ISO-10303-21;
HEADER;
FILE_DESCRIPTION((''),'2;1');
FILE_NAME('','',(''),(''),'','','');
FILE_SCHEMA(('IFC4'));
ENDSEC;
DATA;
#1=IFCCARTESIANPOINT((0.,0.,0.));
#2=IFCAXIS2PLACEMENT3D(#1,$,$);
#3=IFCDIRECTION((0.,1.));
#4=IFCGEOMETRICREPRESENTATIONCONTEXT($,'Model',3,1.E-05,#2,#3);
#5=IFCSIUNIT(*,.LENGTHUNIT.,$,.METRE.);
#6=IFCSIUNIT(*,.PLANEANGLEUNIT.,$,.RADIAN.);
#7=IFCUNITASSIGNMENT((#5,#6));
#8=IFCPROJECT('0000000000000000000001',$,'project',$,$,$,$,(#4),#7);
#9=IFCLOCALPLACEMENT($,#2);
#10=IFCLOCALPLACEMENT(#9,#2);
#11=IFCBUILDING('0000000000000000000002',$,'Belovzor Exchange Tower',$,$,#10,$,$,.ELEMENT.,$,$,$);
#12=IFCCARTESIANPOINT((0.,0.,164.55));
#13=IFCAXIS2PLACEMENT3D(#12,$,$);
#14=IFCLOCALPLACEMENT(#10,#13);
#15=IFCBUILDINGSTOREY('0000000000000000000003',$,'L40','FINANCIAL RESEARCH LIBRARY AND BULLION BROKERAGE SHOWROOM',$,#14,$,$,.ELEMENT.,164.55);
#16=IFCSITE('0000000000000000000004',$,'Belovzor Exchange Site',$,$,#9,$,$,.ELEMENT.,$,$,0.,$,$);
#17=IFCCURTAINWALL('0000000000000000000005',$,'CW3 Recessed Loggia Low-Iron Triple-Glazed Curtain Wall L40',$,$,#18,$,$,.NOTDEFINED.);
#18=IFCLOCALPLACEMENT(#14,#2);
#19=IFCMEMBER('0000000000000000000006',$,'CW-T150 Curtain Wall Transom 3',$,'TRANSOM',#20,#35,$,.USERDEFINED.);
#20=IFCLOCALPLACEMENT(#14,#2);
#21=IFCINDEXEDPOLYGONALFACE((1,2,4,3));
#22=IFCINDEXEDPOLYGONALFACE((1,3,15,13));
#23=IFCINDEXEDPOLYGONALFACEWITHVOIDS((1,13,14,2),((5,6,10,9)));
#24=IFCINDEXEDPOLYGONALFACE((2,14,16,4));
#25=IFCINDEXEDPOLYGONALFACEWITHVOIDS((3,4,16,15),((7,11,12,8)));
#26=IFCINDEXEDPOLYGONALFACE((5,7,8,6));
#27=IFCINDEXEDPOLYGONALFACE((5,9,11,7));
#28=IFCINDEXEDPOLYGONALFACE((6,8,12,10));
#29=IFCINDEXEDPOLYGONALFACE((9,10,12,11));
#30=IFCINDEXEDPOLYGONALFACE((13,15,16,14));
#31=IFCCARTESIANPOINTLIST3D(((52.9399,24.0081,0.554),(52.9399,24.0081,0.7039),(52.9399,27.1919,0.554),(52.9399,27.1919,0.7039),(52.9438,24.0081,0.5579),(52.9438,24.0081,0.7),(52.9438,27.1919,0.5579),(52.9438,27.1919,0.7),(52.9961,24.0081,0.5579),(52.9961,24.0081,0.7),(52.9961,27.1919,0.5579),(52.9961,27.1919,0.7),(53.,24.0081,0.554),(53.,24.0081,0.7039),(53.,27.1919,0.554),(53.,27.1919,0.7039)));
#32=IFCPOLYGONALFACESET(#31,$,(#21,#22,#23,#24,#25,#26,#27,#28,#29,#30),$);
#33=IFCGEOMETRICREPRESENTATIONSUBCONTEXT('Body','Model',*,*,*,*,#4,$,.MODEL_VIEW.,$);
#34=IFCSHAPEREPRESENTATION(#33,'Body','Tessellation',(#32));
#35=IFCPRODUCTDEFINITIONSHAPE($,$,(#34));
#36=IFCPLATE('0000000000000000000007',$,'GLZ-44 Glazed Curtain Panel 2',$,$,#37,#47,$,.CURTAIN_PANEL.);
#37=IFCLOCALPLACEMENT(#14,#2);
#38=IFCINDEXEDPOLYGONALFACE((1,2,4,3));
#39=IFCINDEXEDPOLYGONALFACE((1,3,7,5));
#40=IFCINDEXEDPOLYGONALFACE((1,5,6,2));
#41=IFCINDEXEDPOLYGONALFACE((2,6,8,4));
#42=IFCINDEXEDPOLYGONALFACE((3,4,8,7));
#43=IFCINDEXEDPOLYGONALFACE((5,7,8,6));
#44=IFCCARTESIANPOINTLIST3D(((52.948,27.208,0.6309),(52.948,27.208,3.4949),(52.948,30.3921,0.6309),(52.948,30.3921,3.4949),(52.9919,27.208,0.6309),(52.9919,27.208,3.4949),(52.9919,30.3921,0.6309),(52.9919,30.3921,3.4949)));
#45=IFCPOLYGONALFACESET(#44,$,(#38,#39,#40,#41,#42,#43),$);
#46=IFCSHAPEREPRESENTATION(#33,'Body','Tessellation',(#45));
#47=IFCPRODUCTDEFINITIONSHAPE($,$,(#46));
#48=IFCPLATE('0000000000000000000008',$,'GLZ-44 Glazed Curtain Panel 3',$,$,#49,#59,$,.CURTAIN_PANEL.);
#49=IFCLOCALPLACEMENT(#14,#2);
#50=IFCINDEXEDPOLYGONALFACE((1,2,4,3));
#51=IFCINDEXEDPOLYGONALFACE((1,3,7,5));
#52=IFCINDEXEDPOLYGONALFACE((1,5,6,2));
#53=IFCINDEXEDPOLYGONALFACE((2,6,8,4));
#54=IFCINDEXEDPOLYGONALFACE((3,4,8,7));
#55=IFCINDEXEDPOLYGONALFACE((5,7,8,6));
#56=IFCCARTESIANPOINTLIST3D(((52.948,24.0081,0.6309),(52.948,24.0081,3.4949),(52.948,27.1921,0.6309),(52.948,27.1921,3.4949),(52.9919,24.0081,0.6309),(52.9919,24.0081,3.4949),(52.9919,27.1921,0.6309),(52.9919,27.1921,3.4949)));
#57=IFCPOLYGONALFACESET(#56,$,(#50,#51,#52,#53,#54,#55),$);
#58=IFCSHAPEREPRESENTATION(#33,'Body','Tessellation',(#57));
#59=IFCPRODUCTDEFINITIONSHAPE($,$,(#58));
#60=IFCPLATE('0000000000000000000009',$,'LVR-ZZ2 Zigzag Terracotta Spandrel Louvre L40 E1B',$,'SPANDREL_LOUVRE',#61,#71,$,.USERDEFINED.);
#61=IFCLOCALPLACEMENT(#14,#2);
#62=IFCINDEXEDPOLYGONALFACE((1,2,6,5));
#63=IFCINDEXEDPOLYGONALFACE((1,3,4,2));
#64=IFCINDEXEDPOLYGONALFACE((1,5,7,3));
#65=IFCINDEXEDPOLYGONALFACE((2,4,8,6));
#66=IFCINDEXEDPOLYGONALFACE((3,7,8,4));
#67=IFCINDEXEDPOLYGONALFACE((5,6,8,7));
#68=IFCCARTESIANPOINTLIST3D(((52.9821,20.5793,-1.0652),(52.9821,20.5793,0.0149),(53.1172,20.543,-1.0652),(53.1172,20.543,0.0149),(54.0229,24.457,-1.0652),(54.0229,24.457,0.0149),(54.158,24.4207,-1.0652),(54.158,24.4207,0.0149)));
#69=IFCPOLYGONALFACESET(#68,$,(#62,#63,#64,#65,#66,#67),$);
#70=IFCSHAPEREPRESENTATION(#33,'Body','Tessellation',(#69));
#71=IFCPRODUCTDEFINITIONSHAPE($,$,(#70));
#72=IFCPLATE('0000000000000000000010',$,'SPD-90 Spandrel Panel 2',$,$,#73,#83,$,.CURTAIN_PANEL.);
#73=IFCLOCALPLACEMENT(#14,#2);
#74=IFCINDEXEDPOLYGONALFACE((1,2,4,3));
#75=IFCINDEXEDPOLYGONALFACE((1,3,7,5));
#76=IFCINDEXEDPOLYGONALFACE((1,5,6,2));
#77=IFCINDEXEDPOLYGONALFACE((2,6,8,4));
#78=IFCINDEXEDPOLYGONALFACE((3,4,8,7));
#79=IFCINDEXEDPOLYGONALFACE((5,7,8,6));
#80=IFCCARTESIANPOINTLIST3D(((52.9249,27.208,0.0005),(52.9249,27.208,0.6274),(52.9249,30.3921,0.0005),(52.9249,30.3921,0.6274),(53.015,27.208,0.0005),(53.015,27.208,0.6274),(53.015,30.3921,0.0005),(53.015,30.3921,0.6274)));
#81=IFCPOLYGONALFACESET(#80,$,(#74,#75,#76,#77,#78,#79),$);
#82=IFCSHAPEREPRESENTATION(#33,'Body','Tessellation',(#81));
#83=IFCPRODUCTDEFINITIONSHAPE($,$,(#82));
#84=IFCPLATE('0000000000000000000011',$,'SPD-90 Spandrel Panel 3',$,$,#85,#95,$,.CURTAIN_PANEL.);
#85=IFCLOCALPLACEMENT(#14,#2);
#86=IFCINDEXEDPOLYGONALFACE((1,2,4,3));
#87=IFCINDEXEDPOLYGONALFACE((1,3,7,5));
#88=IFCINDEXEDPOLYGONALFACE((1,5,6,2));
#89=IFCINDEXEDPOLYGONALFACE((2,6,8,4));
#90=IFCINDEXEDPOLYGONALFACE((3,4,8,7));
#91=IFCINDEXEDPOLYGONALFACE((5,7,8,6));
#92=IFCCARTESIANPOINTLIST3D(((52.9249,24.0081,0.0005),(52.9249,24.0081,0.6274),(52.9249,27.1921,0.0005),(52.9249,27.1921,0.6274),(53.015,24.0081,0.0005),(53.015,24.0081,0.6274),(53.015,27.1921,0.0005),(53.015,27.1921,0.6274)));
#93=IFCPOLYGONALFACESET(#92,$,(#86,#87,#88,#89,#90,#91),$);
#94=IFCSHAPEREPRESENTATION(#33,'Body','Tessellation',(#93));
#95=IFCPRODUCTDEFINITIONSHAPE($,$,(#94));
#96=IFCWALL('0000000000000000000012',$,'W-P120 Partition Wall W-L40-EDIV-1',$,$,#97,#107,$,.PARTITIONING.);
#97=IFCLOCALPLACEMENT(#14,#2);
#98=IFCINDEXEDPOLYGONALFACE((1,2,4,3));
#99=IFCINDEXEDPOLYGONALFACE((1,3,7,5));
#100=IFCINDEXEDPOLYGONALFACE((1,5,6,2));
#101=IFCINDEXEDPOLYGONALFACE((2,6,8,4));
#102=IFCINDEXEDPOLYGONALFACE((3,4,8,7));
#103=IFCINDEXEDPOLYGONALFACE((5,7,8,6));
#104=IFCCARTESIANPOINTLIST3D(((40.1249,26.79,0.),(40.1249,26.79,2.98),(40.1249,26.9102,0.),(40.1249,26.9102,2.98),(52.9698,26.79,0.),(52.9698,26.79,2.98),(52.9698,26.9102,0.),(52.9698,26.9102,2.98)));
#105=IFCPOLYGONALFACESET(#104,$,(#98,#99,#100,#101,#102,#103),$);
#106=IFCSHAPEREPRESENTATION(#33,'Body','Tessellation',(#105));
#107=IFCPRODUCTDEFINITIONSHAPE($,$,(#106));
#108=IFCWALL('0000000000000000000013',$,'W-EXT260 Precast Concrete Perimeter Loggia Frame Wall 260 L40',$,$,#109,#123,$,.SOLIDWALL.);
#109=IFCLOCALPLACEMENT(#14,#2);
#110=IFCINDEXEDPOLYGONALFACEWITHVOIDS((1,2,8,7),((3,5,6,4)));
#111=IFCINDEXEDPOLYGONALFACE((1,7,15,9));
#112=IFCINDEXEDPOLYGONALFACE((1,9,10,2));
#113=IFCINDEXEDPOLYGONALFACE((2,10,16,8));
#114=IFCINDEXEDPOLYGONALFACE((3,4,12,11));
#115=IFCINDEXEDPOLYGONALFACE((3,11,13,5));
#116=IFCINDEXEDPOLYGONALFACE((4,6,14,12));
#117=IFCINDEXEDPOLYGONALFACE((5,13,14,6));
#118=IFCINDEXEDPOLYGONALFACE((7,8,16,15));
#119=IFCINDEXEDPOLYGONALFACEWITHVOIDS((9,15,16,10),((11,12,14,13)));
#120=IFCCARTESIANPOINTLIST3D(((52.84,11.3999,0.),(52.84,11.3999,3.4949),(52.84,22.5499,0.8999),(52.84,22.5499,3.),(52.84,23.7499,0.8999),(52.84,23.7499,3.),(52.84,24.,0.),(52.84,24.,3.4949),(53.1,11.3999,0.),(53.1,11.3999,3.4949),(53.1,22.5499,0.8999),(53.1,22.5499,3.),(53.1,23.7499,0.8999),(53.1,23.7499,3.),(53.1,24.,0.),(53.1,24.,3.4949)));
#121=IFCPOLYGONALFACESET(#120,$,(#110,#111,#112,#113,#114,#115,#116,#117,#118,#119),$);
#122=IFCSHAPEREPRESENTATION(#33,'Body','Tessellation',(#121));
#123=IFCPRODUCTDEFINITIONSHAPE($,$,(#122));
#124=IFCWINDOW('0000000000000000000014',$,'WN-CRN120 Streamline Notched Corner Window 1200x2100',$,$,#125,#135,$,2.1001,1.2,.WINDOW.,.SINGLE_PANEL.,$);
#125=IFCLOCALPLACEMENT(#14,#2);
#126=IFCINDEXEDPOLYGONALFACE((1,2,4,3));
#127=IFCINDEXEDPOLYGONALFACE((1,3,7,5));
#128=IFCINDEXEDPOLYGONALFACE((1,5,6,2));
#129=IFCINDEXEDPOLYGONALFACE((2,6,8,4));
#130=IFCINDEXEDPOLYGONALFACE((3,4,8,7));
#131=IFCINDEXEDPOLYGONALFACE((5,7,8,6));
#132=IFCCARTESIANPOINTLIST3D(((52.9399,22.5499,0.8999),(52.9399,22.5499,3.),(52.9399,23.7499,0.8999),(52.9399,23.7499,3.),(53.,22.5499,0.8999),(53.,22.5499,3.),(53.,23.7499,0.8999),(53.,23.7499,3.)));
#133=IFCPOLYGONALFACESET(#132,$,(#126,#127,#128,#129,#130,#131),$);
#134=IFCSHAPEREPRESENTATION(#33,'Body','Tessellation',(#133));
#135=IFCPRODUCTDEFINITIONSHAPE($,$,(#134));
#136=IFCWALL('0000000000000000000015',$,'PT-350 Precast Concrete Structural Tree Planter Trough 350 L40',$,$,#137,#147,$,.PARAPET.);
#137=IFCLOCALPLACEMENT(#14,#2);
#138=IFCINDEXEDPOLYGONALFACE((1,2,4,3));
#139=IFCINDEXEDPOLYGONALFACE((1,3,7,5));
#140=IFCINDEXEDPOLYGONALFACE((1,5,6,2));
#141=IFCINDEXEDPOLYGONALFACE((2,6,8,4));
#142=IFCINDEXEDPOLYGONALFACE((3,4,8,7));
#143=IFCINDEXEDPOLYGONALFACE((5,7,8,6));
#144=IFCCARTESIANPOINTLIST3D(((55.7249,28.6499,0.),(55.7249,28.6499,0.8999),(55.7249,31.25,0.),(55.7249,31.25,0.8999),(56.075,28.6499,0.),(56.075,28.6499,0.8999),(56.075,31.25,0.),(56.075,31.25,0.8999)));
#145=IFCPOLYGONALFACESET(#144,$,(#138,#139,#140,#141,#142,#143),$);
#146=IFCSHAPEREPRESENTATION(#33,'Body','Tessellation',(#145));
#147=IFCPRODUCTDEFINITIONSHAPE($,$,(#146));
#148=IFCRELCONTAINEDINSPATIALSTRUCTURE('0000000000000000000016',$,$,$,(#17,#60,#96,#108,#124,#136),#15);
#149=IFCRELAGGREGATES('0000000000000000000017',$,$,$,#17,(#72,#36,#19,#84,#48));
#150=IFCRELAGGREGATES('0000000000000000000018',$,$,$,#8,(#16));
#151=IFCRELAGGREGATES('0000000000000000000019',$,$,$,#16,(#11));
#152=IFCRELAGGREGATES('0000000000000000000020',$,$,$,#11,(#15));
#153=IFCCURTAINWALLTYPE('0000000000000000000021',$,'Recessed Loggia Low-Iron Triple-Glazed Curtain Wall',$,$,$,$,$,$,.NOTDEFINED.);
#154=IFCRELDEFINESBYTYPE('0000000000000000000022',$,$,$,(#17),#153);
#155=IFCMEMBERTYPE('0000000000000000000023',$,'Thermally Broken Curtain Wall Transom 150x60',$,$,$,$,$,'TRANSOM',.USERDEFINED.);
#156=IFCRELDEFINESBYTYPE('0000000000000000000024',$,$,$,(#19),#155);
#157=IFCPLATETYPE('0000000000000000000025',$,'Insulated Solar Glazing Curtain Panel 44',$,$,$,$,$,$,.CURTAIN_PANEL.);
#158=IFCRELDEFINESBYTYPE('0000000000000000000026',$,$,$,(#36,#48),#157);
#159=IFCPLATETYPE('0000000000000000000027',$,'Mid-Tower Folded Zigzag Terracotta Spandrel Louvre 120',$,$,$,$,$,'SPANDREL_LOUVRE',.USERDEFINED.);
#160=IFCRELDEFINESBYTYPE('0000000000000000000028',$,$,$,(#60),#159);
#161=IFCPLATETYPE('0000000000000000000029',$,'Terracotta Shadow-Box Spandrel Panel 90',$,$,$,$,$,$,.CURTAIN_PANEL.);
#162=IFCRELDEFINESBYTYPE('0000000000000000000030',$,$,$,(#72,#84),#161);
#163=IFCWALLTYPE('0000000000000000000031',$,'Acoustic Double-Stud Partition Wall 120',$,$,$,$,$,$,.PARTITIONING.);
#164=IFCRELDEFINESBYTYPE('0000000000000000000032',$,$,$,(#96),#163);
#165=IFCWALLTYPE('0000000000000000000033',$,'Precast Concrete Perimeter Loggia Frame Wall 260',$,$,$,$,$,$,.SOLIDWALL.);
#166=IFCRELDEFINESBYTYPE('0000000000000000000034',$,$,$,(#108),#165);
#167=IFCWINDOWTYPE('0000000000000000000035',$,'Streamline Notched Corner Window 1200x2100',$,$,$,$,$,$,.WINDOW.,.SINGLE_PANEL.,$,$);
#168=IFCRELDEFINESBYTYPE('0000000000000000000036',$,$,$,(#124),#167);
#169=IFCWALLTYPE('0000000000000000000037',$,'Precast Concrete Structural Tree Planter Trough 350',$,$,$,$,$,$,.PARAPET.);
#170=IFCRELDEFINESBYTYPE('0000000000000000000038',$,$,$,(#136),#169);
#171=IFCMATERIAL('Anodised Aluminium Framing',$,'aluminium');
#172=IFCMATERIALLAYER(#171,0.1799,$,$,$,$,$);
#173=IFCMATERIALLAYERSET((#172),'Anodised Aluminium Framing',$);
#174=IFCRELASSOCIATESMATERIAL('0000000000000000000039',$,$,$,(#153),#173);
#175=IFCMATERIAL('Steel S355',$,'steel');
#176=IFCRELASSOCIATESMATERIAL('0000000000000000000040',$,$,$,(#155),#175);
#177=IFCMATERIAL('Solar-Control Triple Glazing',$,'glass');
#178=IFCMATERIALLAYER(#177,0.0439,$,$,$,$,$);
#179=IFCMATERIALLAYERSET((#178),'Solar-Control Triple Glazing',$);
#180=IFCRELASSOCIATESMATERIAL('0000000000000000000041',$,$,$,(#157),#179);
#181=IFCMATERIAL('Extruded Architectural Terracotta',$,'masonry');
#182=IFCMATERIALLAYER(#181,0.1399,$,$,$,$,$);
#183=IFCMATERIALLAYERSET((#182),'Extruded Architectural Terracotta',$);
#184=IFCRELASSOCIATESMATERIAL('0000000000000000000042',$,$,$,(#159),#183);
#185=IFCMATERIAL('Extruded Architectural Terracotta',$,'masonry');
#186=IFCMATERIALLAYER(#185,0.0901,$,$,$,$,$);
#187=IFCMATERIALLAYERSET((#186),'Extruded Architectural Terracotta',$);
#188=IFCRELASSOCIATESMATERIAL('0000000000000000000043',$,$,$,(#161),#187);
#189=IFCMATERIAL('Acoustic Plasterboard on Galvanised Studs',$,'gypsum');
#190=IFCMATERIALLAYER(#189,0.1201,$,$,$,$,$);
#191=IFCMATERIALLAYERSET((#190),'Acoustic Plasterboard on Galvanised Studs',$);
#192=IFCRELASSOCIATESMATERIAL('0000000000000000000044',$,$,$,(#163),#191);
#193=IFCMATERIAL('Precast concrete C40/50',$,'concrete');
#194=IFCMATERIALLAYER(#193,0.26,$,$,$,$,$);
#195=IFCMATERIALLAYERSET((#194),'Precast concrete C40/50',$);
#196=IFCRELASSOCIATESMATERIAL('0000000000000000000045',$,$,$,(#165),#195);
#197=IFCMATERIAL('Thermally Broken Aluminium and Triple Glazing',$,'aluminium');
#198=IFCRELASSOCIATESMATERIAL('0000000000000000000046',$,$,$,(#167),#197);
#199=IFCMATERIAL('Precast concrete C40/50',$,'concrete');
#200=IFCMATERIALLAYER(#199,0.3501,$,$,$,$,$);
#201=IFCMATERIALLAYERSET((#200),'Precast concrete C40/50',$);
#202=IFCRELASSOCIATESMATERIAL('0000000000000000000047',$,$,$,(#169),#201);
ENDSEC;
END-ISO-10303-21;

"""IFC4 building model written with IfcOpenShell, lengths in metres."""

from ifc_helpers import new_model, si_unit, direction, frame, frame_2d, origin, origin_2d, place, context, subcontext, project, spatial, rectangle, hollow_rectangle, extrude, material, layer, layer_set, material_profile, profile_set, type_object, element, fill, aggregate, save


model = new_model("IFC4")

# Units and contexts
model_context = context("Model", 3, precision=1e-05, world=origin(), true_north=direction((0.0, 1.0)))
body_context = subcontext(model_context, "Body", "Model", "MODEL_VIEW")
ifc_project = project(units=[si_unit("LENGTHUNIT", "METRE"), si_unit("PLANEANGLEUNIT", "RADIAN")], contexts=[model_context])

# Site, building, storey
site_placement = place(None, origin())
site = spatial("IfcSite", under=ifc_project, at=site_placement, Name="Belovzor Exchange Site", CompositionType="ELEMENT", RefElevation=0.0)
building_placement = place(site_placement, origin())
building = spatial("IfcBuilding", under=site, at=building_placement, Name="Belovzor Exchange Tower", CompositionType="ELEMENT")
storey_placement = place(building_placement, frame((0.0, 0.0, 164.55)))
storey = spatial("IfcBuildingStorey", under=building, at=storey_placement, Name="L40", Description="FINANCIAL RESEARCH LIBRARY AND BULLION BROKERAGE SHOWROOM", CompositionType="ELEMENT", Elevation=164.55)

# Curtain wall, member, plates
ifc_material_1 = material(Name="Anodised Aluminium Framing", Category="aluminium")
ifc_layer_1 = layer(ifc_material_1, 0.1799)
ifc_layer_set_1 = layer_set([ifc_layer_1], Name="Anodised Aluminium Framing")
curtain_wall_type = type_object("IfcCurtainWallType", Name="Recessed Loggia Low-Iron Triple-Glazed Curtain Wall", PredefinedType="NOTDEFINED", material=ifc_layer_set_1)
curtain_wall_placement = place(storey_placement, origin())
curtain_wall = element("IfcCurtainWall", 1, at=curtain_wall_placement, inside=storey, type_object=curtain_wall_type, Name="CW3 Recessed Loggia Low-Iron Triple-Glazed Curtain Wall L40", PredefinedType="NOTDEFINED")
ifc_material_2 = material(Name="Steel S355", Category="steel")
ifc_material_profile_1 = material_profile(ifc_material_2, hollow_rectangle(XDim=0.0601, YDim=0.1499, WallThickness=0.0039, at=origin_2d()))
ifc_profile_set_1 = profile_set([ifc_material_profile_1], Name="Steel S355")
member_type_1 = type_object("IfcMemberType", Name="Thermally Broken Curtain Wall Transom 150x60", ElementType="TRANSOM", PredefinedType="USERDEFINED", material=ifc_profile_set_1)
member_1_placement = place(storey_placement, frame((52.97, 27.1919, 0.6289), z_axis=(0.0, -1.0, 0.0), x_axis=(1.0, 0.0, 0.0)))
member_1 = element("IfcMember", 2, at=member_1_placement, type_object=member_type_1, Name="CW-T150 Curtain Wall Transom 3", ObjectType="TRANSOM", PredefinedType="USERDEFINED", context=body_context, shape_type="SweptSolid", body=[
    extrude(hollow_rectangle(XDim=0.0601, YDim=0.1499, WallThickness=0.0039, at=origin_2d()), origin(), (0.0, 0.0, 1.0), 3.1838),
])
ifc_material_3 = material(Name="Solar-Control Triple Glazing", Category="glass")
ifc_layer_2 = layer(ifc_material_3, 0.0439)
ifc_layer_set_2 = layer_set([ifc_layer_2], Name="Solar-Control Triple Glazing")
plate_type_1 = type_object("IfcPlateType", Name="Insulated Solar Glazing Curtain Panel 44", PredefinedType="CURTAIN_PANEL", material=ifc_layer_set_2)
plate_1_placement = place(storey_placement, frame((52.97, 28.8, 0.6309), z_axis=(0.0, 0.0, 1.0), x_axis=(0.0, -1.0, 0.0)))
plate_1 = element("IfcPlate", 3, at=plate_1_placement, type_object=plate_type_1, Name="GLZ-44 Glazed Curtain Panel 2", PredefinedType="CURTAIN_PANEL", context=body_context, shape_type="SweptSolid", body=[
    extrude(rectangle(XDim=3.1841, YDim=0.0439, at=origin_2d()), origin(), (0.0, 0.0, 1.0), 2.864),
])
plate_2_placement = place(storey_placement, frame((52.97, 25.6001, 0.6309), z_axis=(0.0, 0.0, 1.0), x_axis=(0.0, -1.0, 0.0)))
plate_2 = element("IfcPlate", 4, at=plate_2_placement, type_object=plate_type_1, Name="GLZ-44 Glazed Curtain Panel 3", PredefinedType="CURTAIN_PANEL", context=body_context, shape_type="SweptSolid", body=[
    extrude(rectangle(XDim=3.1841, YDim=0.0439, at=origin_2d()), origin(), (0.0, 0.0, 1.0), 2.864),
])

# Plates
ifc_material_4 = material(Name="Extruded Architectural Terracotta", Category="masonry")
ifc_layer_3 = layer(ifc_material_4, 0.1399)
ifc_layer_set_3 = layer_set([ifc_layer_3], Name="Extruded Architectural Terracotta")
plate_type_2 = type_object("IfcPlateType", Name="Mid-Tower Folded Zigzag Terracotta Spandrel Louvre 120", ElementType="SPANDREL_LOUVRE", PredefinedType="USERDEFINED", material=ifc_layer_set_3)
plate_3_placement = place(storey_placement, frame((53.5701, 22.5, -1.0652), z_axis=(0.0, 0.0, 1.0), x_axis=(0.25924, 0.965813, 0.0)))
element("IfcPlate", 5, at=plate_3_placement, inside=storey, type_object=plate_type_2, Name="LVR-ZZ2 Zigzag Terracotta Spandrel Louvre L40 E1B", ObjectType="SPANDREL_LOUVRE", PredefinedType="USERDEFINED", context=body_context, shape_type="SweptSolid", body=[
    extrude(rectangle(XDim=4.0149, YDim=0.1399, at=origin_2d()), origin(), (0.0, 0.0, 1.0), 1.0801),
])
ifc_material_5 = material(Name="Extruded Architectural Terracotta", Category="masonry")
ifc_layer_4 = layer(ifc_material_5, 0.0901)
ifc_layer_set_4 = layer_set([ifc_layer_4], Name="Extruded Architectural Terracotta")
plate_type_3 = type_object("IfcPlateType", Name="Terracotta Shadow-Box Spandrel Panel 90", PredefinedType="CURTAIN_PANEL", material=ifc_layer_set_4)
plate_4_placement = place(storey_placement, frame((52.97, 28.8, 0.0005), z_axis=(0.0, 0.0, 1.0), x_axis=(0.0, -1.0, 0.0)))
plate_4 = element("IfcPlate", 6, at=plate_4_placement, type_object=plate_type_3, Name="SPD-90 Spandrel Panel 2", PredefinedType="CURTAIN_PANEL", context=body_context, shape_type="SweptSolid", body=[
    extrude(rectangle(XDim=3.1841, YDim=0.0901, at=origin_2d()), origin(), (0.0, 0.0, 1.0), 0.627),
])
plate_5_placement = place(storey_placement, frame((52.97, 25.6001, 0.0005), z_axis=(0.0, 0.0, 1.0), x_axis=(0.0, -1.0, 0.0)))
plate_5 = element("IfcPlate", 7, at=plate_5_placement, type_object=plate_type_3, Name="SPD-90 Spandrel Panel 3", PredefinedType="CURTAIN_PANEL", context=body_context, shape_type="SweptSolid", body=[
    extrude(rectangle(XDim=3.1841, YDim=0.0901, at=origin_2d()), origin(), (0.0, 0.0, 1.0), 0.627),
])
aggregate(curtain_wall, [plate_4, plate_1, member_1, plate_5, plate_2])

# Wall
ifc_material_6 = material(Name="Acoustic Plasterboard on Galvanised Studs", Category="gypsum")
ifc_layer_5 = layer(ifc_material_6, 0.1201)
ifc_layer_set_5 = layer_set([ifc_layer_5], Name="Acoustic Plasterboard on Galvanised Studs")
wall_type_1 = type_object("IfcWallType", Name="Acoustic Double-Stud Partition Wall 120", PredefinedType="PARTITIONING", material=ifc_layer_set_5)
wall_1_placement = place(storey_placement, frame((40.125, 26.8501, 0.0), z_axis=(0.0, 0.0, 1.0), x_axis=(1.0, 0.0, 0.0)))
element("IfcWall", 8, at=wall_1_placement, inside=storey, type_object=wall_type_1, Name="W-P120 Partition Wall W-L40-EDIV-1", PredefinedType="PARTITIONING", context=body_context, shape_type="SweptSolid", body=[
    extrude(rectangle(XDim=12.845, YDim=0.1201, at=frame_2d((6.4224, 0.0))), origin(), (0.0, 0.0, 1.0), 2.98),
])

# Wall, opening, window
ifc_material_7 = material(Name="Precast concrete C40/50", Category="concrete")
ifc_layer_6 = layer(ifc_material_7, 0.26)
ifc_layer_set_6 = layer_set([ifc_layer_6], Name="Precast concrete C40/50")
wall_type_2 = type_object("IfcWallType", Name="Precast Concrete Perimeter Loggia Frame Wall 260", PredefinedType="SOLIDWALL", material=ifc_layer_set_6)
wall_2_placement = place(storey_placement, frame((52.97, 24.0, 0.0), z_axis=(0.0, 0.0, 1.0), x_axis=(0.0, -1.0, 0.0)))
wall_2 = element("IfcWall", 9, at=wall_2_placement, inside=storey, type_object=wall_type_2, Name="W-EXT260 Precast Concrete Perimeter Loggia Frame Wall 260 L40", PredefinedType="SOLIDWALL", context=body_context, shape_type="SweptSolid", body=[
    extrude(rectangle(XDim=12.6001, YDim=0.26, at=frame_2d((6.3, 0.0))), origin(), (0.0, 0.0, 1.0), 3.4949),
])
opening_placement = place(wall_2_placement, frame((0.25, 0.0, 0.8999)))
opening = element("IfcOpeningElement", 10, at=opening_placement, cuts=wall_2, PredefinedType="OPENING", context=body_context, shape_type="SweptSolid", body=[
    extrude(rectangle(XDim=1.2, YDim=2.1001, at=frame_2d((0.6001, 1.05))), frame((0.0, 0.1399, 0.0), z_axis=(0.0, -1.0, 0.0), x_axis=(1.0, 0.0, 0.0)), (0.0, 0.0, 1.0), 0.28),
])
ifc_material_8 = material(Name="Thermally Broken Aluminium and Triple Glazing", Category="aluminium")
window_type = type_object("IfcWindowType", Name="Streamline Notched Corner Window 1200x2100", PartitioningType="SINGLE_PANEL", PredefinedType="WINDOW", material=ifc_material_8)
window_placement = place(opening_placement, origin())
window = element("IfcWindow", 11, at=window_placement, inside=storey, type_object=window_type, Name="WN-CRN120 Streamline Notched Corner Window 1200x2100", OverallHeight=2.1001, OverallWidth=1.2, PartitioningType="SINGLE_PANEL", PredefinedType="WINDOW", context=body_context, shape_type="SweptSolid", body=[
    extrude(rectangle(XDim=1.2, YDim=2.1001, at=frame_2d((0.6001, 1.05))), frame((0.0, 0.03, 0.0), z_axis=(0.0, -1.0, 0.0), x_axis=(1.0, 0.0, 0.0)), (0.0, 0.0, 1.0), 0.0601),
])
fill(opening, window)

# Wall
ifc_material_9 = material(Name="Precast concrete C40/50", Category="concrete")
ifc_layer_7 = layer(ifc_material_9, 0.3501)
ifc_layer_set_7 = layer_set([ifc_layer_7], Name="Precast concrete C40/50")
wall_type_3 = type_object("IfcWallType", Name="Precast Concrete Structural Tree Planter Trough 350", PredefinedType="PARAPET", material=ifc_layer_set_7)
wall_3_placement = place(storey_placement, frame((55.8999, 28.6499, 0.0), z_axis=(0.0, 0.0, 1.0), x_axis=(0.0, 1.0, 0.0)))
element("IfcWall", 12, at=wall_3_placement, inside=storey, type_object=wall_type_3, Name="PT-350 Precast Concrete Structural Tree Planter Trough 350 L40", PredefinedType="PARAPET", context=body_context, shape_type="SweptSolid", body=[
    extrude(rectangle(XDim=2.6001, YDim=0.3501, at=frame_2d((1.3, 0.0))), origin(), (0.0, 0.0, 1.0), 0.8999),
])

save(model, "model.ifc")
